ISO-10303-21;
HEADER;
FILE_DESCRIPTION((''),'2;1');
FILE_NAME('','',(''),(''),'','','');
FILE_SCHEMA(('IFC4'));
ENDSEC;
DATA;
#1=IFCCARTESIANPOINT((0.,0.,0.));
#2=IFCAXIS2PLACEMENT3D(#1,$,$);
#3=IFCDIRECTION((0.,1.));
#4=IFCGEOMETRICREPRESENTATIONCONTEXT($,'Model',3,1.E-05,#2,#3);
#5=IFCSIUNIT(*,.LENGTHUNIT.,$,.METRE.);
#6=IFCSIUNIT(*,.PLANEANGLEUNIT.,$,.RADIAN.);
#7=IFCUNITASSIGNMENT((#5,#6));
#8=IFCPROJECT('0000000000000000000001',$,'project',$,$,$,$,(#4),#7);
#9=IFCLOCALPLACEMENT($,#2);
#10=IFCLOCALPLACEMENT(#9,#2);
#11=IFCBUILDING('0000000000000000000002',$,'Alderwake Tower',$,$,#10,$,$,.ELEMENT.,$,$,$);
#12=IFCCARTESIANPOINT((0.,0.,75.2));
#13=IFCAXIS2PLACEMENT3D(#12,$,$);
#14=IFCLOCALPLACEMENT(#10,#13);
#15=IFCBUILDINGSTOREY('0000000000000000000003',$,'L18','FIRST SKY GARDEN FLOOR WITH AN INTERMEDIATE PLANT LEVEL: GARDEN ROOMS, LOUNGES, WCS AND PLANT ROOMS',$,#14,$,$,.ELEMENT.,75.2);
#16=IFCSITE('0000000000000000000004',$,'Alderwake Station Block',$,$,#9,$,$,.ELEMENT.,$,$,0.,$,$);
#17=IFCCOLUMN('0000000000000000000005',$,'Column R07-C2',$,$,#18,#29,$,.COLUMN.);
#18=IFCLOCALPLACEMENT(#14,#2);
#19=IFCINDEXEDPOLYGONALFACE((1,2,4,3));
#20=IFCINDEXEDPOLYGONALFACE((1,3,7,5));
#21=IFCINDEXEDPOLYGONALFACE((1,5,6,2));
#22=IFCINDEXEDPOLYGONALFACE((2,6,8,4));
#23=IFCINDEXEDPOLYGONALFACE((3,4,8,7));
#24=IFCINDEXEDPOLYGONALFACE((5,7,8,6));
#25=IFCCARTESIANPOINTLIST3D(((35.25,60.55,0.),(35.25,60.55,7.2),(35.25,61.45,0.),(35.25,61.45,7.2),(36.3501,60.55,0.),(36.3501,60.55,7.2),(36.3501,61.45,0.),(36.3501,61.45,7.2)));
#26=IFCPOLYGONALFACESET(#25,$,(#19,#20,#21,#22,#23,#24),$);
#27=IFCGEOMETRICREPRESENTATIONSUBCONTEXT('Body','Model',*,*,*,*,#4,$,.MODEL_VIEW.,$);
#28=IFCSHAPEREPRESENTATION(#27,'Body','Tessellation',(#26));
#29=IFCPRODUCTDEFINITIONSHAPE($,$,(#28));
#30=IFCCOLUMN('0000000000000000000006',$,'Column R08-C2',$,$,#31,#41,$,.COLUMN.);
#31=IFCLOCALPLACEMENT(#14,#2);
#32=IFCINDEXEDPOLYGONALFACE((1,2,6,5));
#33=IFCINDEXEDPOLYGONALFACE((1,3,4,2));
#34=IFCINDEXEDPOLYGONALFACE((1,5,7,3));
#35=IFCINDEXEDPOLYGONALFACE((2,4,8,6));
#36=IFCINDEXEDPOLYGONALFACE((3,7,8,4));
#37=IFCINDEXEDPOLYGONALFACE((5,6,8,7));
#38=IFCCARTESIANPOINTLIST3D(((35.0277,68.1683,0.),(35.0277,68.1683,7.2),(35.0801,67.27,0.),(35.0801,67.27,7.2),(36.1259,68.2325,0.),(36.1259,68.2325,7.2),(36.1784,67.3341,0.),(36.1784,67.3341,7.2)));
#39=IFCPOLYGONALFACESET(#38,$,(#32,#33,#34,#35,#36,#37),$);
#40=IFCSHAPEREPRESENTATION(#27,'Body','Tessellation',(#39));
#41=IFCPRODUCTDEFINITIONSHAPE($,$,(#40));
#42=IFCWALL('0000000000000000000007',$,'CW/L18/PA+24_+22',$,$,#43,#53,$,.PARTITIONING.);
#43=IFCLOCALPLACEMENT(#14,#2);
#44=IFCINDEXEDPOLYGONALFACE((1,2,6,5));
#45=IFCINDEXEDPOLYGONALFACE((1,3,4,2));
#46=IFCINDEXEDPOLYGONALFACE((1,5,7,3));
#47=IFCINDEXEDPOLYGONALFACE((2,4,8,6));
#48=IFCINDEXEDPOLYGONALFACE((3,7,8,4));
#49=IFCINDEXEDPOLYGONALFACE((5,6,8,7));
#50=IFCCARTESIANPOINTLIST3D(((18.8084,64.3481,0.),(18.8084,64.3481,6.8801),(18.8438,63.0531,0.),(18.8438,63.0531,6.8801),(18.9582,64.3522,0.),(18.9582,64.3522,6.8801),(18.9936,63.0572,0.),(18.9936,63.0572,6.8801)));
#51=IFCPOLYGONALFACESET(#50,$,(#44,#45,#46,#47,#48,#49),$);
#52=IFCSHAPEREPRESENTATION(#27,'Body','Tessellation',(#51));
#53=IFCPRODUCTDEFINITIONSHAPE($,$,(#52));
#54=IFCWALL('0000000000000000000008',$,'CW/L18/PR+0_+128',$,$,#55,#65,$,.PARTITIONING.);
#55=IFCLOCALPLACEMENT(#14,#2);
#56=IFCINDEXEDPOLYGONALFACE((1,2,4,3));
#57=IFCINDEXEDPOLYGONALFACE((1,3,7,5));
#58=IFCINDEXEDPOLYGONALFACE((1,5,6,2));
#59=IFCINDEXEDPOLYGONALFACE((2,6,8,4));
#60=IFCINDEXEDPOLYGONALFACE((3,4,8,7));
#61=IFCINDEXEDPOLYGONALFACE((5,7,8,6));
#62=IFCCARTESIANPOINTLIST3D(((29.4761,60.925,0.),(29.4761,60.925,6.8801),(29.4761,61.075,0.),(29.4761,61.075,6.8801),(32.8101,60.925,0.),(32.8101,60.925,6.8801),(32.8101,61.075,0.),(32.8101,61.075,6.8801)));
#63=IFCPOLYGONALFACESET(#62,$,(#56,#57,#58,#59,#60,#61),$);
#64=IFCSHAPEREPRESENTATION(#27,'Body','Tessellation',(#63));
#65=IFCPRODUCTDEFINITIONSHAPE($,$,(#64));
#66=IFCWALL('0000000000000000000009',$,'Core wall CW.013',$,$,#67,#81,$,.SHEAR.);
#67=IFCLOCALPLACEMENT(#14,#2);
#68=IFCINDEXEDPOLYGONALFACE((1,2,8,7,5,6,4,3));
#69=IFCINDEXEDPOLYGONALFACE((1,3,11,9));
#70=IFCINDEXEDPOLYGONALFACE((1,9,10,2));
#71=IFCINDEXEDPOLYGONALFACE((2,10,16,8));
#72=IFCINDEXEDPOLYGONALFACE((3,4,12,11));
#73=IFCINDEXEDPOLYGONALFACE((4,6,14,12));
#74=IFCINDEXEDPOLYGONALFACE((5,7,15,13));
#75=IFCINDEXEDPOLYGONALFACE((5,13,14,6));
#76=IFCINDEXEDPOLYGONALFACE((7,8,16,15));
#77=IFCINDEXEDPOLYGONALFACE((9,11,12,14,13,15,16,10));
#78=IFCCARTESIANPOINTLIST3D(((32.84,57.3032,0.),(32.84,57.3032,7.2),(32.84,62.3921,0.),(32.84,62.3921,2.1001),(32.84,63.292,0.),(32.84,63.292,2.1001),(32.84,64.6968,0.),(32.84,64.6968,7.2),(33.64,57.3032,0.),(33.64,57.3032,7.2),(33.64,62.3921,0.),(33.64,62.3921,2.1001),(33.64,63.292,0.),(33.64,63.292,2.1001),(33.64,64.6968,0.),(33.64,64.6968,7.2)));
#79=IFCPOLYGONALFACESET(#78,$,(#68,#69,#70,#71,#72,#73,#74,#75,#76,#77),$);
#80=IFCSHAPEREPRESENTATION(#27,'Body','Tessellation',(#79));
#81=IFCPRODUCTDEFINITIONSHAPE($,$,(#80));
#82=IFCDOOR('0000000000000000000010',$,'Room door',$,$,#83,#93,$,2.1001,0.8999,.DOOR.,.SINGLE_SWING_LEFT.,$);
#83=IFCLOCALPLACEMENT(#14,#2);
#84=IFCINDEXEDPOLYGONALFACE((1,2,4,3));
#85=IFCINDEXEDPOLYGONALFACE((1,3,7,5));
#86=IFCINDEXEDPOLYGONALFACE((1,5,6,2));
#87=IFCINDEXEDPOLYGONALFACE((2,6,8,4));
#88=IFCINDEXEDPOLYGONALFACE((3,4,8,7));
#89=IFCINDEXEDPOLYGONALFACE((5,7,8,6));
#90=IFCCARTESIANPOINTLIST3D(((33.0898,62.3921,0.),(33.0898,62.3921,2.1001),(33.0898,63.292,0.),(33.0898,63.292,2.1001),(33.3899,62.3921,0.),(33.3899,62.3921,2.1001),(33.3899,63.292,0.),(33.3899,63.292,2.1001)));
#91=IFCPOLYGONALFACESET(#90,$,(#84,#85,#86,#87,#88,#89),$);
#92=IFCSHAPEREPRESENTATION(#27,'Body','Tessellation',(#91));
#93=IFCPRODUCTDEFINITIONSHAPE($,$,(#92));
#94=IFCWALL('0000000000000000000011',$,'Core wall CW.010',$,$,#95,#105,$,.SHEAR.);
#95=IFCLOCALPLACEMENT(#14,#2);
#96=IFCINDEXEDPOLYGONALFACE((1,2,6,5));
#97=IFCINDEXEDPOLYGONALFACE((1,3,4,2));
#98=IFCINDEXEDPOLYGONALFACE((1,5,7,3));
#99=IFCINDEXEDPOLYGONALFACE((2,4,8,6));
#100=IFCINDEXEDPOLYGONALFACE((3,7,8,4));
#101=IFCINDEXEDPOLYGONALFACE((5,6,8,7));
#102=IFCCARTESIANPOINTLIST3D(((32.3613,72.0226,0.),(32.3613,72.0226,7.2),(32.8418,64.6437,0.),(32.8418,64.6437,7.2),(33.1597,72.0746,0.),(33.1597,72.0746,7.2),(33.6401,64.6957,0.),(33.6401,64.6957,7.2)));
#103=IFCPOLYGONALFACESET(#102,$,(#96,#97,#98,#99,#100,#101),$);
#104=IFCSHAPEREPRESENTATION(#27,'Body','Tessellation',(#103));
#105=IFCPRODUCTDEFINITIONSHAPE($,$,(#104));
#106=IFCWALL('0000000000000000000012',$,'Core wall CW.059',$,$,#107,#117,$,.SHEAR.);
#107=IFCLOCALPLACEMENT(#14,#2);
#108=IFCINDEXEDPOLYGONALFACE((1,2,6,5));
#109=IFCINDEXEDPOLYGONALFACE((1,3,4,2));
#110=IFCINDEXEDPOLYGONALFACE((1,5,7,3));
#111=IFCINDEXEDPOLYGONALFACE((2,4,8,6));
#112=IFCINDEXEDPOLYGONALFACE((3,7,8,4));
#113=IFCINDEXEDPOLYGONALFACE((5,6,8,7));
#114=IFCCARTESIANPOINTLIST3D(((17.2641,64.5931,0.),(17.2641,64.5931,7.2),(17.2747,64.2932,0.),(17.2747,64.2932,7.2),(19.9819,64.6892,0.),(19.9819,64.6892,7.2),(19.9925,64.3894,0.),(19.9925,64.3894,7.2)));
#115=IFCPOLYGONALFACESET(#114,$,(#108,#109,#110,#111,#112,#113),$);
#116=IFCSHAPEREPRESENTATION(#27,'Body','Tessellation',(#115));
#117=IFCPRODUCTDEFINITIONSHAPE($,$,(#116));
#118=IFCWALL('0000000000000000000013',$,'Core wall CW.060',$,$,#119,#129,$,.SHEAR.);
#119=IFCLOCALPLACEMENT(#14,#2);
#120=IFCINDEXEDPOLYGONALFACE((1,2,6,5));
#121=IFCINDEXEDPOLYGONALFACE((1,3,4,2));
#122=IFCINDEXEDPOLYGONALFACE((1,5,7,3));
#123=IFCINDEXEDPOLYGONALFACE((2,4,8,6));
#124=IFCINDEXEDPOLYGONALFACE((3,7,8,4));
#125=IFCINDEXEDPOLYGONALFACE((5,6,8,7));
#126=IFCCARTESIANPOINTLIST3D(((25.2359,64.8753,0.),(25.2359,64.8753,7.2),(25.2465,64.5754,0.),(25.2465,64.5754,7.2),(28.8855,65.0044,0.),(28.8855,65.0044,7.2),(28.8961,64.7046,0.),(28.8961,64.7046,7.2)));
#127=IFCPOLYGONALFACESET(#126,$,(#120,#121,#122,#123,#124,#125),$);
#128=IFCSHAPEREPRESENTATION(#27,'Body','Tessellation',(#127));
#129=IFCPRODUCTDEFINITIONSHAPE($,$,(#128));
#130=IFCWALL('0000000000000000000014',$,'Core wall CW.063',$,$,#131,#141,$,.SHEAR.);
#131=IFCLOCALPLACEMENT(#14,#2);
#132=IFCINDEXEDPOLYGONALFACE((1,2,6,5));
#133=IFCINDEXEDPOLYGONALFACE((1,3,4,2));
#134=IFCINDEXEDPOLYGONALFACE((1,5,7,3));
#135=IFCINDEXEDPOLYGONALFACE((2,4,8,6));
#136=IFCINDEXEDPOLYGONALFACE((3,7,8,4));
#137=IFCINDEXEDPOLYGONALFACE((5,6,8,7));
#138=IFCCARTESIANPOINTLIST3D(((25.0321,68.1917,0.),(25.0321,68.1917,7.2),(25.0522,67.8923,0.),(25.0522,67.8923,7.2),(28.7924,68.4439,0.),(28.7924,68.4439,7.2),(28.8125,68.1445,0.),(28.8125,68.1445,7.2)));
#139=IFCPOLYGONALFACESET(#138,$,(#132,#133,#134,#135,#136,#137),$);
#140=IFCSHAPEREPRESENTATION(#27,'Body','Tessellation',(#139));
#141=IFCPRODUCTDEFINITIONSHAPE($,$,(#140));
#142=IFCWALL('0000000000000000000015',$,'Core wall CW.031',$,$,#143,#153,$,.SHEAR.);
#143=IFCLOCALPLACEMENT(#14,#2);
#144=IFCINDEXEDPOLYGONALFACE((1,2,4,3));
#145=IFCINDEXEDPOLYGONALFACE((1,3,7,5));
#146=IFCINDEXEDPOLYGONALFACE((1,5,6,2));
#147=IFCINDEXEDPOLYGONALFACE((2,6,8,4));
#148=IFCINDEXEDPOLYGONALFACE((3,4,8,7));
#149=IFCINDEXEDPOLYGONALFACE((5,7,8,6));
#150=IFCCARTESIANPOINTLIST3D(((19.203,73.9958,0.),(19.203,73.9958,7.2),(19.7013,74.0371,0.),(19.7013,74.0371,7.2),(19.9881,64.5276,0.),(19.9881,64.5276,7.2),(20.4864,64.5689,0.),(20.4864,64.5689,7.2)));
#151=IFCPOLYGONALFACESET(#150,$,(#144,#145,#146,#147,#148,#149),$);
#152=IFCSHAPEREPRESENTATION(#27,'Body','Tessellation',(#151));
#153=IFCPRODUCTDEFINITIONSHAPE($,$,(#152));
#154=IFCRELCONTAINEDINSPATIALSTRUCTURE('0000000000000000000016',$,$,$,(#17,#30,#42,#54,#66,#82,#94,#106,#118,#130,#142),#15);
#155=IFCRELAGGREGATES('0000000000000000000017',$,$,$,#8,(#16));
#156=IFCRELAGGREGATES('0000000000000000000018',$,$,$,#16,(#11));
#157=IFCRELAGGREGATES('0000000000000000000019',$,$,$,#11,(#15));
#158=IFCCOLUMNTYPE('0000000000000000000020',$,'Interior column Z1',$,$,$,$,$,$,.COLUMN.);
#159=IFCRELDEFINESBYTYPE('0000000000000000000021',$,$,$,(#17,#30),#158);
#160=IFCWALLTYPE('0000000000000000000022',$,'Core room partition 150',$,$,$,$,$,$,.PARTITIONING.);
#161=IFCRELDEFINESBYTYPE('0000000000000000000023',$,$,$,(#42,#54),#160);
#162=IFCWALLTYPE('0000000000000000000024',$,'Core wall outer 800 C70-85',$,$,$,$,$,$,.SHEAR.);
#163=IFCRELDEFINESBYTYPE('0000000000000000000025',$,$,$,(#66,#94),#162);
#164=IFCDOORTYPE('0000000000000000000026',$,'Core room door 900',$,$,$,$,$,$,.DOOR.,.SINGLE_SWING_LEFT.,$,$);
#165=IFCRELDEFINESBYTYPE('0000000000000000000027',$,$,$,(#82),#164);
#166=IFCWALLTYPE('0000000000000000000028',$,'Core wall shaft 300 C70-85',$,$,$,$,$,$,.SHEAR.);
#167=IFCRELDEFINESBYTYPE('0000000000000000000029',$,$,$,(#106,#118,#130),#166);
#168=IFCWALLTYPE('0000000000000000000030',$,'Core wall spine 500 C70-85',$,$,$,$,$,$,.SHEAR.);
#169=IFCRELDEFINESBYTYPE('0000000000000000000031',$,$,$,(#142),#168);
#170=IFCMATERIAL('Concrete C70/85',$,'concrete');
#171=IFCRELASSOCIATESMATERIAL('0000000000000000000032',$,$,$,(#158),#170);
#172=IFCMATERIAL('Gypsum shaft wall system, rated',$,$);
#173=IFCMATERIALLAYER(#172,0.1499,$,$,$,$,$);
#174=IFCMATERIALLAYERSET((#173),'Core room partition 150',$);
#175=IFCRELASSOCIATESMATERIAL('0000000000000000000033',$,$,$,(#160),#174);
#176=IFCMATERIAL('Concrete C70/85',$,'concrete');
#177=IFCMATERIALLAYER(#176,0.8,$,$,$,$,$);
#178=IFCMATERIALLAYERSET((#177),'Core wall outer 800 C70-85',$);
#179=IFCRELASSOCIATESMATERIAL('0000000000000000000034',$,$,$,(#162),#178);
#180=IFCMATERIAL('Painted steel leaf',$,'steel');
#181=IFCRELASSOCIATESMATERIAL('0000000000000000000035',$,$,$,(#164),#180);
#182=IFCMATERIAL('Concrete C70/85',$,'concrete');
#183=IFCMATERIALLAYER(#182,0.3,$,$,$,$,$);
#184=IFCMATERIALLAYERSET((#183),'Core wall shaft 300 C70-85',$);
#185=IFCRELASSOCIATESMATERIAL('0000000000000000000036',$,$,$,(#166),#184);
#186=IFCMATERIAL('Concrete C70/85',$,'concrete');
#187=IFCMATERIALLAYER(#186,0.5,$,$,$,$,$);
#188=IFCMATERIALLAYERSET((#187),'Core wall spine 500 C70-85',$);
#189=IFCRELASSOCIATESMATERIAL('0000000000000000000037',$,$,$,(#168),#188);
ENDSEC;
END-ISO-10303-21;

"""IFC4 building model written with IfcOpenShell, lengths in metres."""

from ifc_helpers import new_model, si_unit, direction, frame, frame_2d, origin, origin_2d, place, context, subcontext, project, spatial, rectangle, extrude, material, layer, layer_set, material_profile, profile_set, type_object, element, fill, save


model = new_model("IFC4")

# Units and contexts
model_context = context("Model", 3, precision=1e-05, world=origin(), true_north=direction((0.0, 1.0)))
body_context = subcontext(model_context, "Body", "Model", "MODEL_VIEW")
ifc_project = project(units=[si_unit("LENGTHUNIT", "METRE"), si_unit("PLANEANGLEUNIT", "RADIAN")], contexts=[model_context])

# Site, building, storey
site_placement = place(None, origin())
site = spatial("IfcSite", under=ifc_project, at=site_placement, Name="Alderwake Station Block", CompositionType="ELEMENT", RefElevation=0.0)
building_placement = place(site_placement, origin())
building = spatial("IfcBuilding", under=site, at=building_placement, Name="Alderwake Tower", CompositionType="ELEMENT")
storey_placement = place(building_placement, frame((0.0, 0.0, 75.2)))
storey = spatial("IfcBuildingStorey", under=building, at=storey_placement, Name="L18", Description="FIRST SKY GARDEN FLOOR WITH AN INTERMEDIATE PLANT LEVEL: GARDEN ROOMS, LOUNGES, WCS AND PLANT ROOMS", CompositionType="ELEMENT", Elevation=75.2)

# Columns
ifc_material_1 = material(Name="Concrete C70/85", Category="concrete")
ifc_material_profile = material_profile(ifc_material_1, rectangle(XDim=0.8999, YDim=1.1001, at=origin_2d()), Name="RC 1100X900")
ifc_profile_set = profile_set([ifc_material_profile], Name="Concrete C70/85")
column_type = type_object("IfcColumnType", Name="Interior column Z1", PredefinedType="COLUMN", material=ifc_profile_set)
for number, where, z_axis, x_axis, name in (
    (1, (35.8, 61.0, 0.0), (0.0, 0.0, 1.0), (0.0, 1.0, 0.0), "Column R07-C2"),
    (2, (35.603, 67.7512, 0.0), (0.0, 0.0, 1.0), (-0.058301, 0.998299, 0.0), "Column R08-C2"),
):
    element("IfcColumn", number, at=place(storey_placement, frame(where, z_axis=z_axis, x_axis=x_axis)), inside=storey, type_object=column_type, Name=name, PredefinedType="COLUMN", context=body_context, shape_type="SweptSolid", body=[
        extrude(rectangle(XDim=0.8999, YDim=1.1001, at=origin_2d()), origin(), (0.0, 0.0, 1.0), 7.2),
    ])

# Walls
ifc_material_2 = material(Name="Gypsum shaft wall system, rated")
ifc_layer_1 = layer(ifc_material_2, 0.1499)
ifc_layer_set_1 = layer_set([ifc_layer_1], Name="Core room partition 150")
wall_type_1 = type_object("IfcWallType", Name="Core room partition 150", PredefinedType="PARTITIONING", material=ifc_layer_set_1)
wall_1_placement = place(storey_placement, frame((18.9187, 63.0552, 0.0), z_axis=(0.0, 0.0, 1.0), x_axis=(-0.027328, 0.999627, 0.0)))
element("IfcWall", 3, at=wall_1_placement, inside=storey, type_object=wall_type_1, Name="CW/L18/PA+24_+22", PredefinedType="PARTITIONING", context=body_context, shape_type="SweptSolid", body=[
    extrude(rectangle(XDim=1.2954, YDim=0.1499, at=frame_2d((0.6477, 0.0))), origin(), (0.0, 0.0, 1.0), 6.8801),
])
wall_2_placement = place(storey_placement, frame((29.4761, 61.0, 0.0), z_axis=(0.0, 0.0, 1.0), x_axis=(1.0, 0.0, 0.0)))
element("IfcWall", 4, at=wall_2_placement, inside=storey, type_object=wall_type_1, Name="CW/L18/PR+0_+128", PredefinedType="PARTITIONING", context=body_context, shape_type="SweptSolid", body=[
    extrude(rectangle(XDim=3.334, YDim=0.1499, at=frame_2d((1.667, 0.0))), origin(), (0.0, 0.0, 1.0), 6.8801),
])

# Wall, opening, door
ifc_material_3 = material(Name="Concrete C70/85", Category="concrete")
ifc_layer_2 = layer(ifc_material_3, 0.8)
ifc_layer_set_2 = layer_set([ifc_layer_2], Name="Core wall outer 800 C70-85")
wall_type_2 = type_object("IfcWallType", Name="Core wall outer 800 C70-85", PredefinedType="SHEAR", material=ifc_layer_set_2)
wall_3_placement = place(storey_placement, frame((33.24, 64.6968, 0.0), z_axis=(0.0, 0.0, 1.0), x_axis=(0.0, -1.0, 0.0)))
wall_3 = element("IfcWall", 5, at=wall_3_placement, inside=storey, type_object=wall_type_2, Name="Core wall CW.013", PredefinedType="SHEAR", context=body_context, shape_type="SweptSolid", body=[
    extrude(rectangle(XDim=7.3936, YDim=0.8, at=frame_2d((3.6968, 0.0))), origin(), (0.0, 0.0, 1.0), 7.2),
])
opening_1_placement = place(wall_3_placement, frame((1.4048, 0.0, 0.0)))
opening_1 = element("IfcOpeningElement", 6, at=opening_1_placement, cuts=wall_3, PredefinedType="OPENING", context=body_context, shape_type="SweptSolid", body=[
    extrude(rectangle(XDim=0.8999, YDim=2.1001, at=frame_2d((0.45, 1.05))), frame((0.0, 0.4099, 0.0), z_axis=(0.0, -1.0, 0.0), x_axis=(1.0, 0.0, 0.0)), (0.0, 0.0, 1.0), 0.8201),
])
ifc_material_4 = material(Name="Painted steel leaf", Category="steel")
door_type_1 = type_object("IfcDoorType", Name="Core room door 900", OperationType="SINGLE_SWING_LEFT", PredefinedType="DOOR", material=ifc_material_4)
door_1_placement = place(opening_1_placement, origin())
door_1 = element("IfcDoor", 7, at=door_1_placement, inside=storey, type_object=door_type_1, Name="Room door", OperationType="SINGLE_SWING_LEFT", OverallHeight=2.1001, OverallWidth=0.8999, PredefinedType="DOOR", context=body_context, shape_type="SweptSolid", body=[
    extrude(rectangle(XDim=0.8999, YDim=2.1001, at=frame_2d((0.45, 1.05))), frame((0.0, 0.1499, 0.0), z_axis=(0.0, -1.0, 0.0), x_axis=(1.0, 0.0, 0.0)), (0.0, 0.0, 1.0), 0.3),
])
fill(opening_1, door_1)

# Walls
wall_4_placement = place(storey_placement, frame((33.241, 64.6697, 0.0), z_axis=(0.0, 0.0, 1.0), x_axis=(-0.064976, 0.997887, 0.0)))
element("IfcWall", 8, at=wall_4_placement, inside=storey, type_object=wall_type_2, Name="Core wall CW.010", PredefinedType="SHEAR", context=body_context, shape_type="SweptSolid", body=[
    extrude(rectangle(XDim=7.3945, YDim=0.8, at=frame_2d((3.6973, 0.0))), origin(), (0.0, 0.0, 1.0), 7.2),
])
ifc_material_5 = material(Name="Concrete C70/85", Category="concrete")
ifc_layer_3 = layer(ifc_material_5, 0.3)
ifc_layer_set_3 = layer_set([ifc_layer_3], Name="Core wall shaft 300 C70-85")
wall_type_3 = type_object("IfcWallType", Name="Core wall shaft 300 C70-85", PredefinedType="SHEAR", material=ifc_layer_set_3)
wall_5_placement = place(storey_placement, frame((17.2693, 64.4431, 0.0), z_axis=(0.0, 0.0, 1.0), x_axis=(0.999374, 0.035371, 0.0)))
element("IfcWall", 9, at=wall_5_placement, inside=storey, type_object=wall_type_3, Name="Core wall CW.059", PredefinedType="SHEAR", context=body_context, shape_type="SweptSolid", body=[
    extrude(rectangle(XDim=2.7195, YDim=0.3, at=frame_2d((1.3599, 0.0))), origin(), (0.0, 0.0, 1.0), 7.2),
])
wall_6_placement = place(storey_placement, frame((25.2412, 64.7253, 0.0), z_axis=(0.0, 0.0, 1.0), x_axis=(0.999374, 0.035365, 0.0)))
element("IfcWall", 10, at=wall_6_placement, inside=storey, type_object=wall_type_3, Name="Core wall CW.060", PredefinedType="SHEAR", context=body_context, shape_type="SweptSolid", body=[
    extrude(rectangle(XDim=3.6519, YDim=0.3, at=frame_2d((1.8259, 0.0))), origin(), (0.0, 0.0, 1.0), 7.2),
])
wall_7_placement = place(storey_placement, frame((25.0422, 68.042, 0.0), z_axis=(0.0, 0.0, 1.0), x_axis=(0.997758, 0.066919, 0.0)))
element("IfcWall", 11, at=wall_7_placement, inside=storey, type_object=wall_type_3, Name="Core wall CW.063", PredefinedType="SHEAR", context=body_context, shape_type="SweptSolid", body=[
    extrude(rectangle(XDim=3.7688, YDim=0.3, at=frame_2d((1.8843, 0.0))), origin(), (0.0, 0.0, 1.0), 7.2),
])
ifc_material_6 = material(Name="Concrete C70/85", Category="concrete")
ifc_layer_4 = layer(ifc_material_6, 0.5)
ifc_layer_set_4 = layer_set([ifc_layer_4], Name="Core wall spine 500 C70-85")
wall_type_4 = type_object("IfcWallType", Name="Core wall spine 500 C70-85", PredefinedType="SHEAR", material=ifc_layer_set_4)
wall_8_placement = place(storey_placement, frame((20.2373, 64.5481, 0.0), z_axis=(0.0, 0.0, 1.0), x_axis=(-0.082641, 0.996579, 0.0)))
element("IfcWall", 12, at=wall_8_placement, inside=storey, type_object=wall_type_4, Name="Core wall CW.031", PredefinedType="SHEAR", context=body_context, shape_type="SweptSolid", body=[
    extrude(rectangle(XDim=9.5007, YDim=0.5, at=frame_2d((4.7505, 0.0))), origin(), (0.0, 0.0, 1.0), 7.2),
])

save(model, "model.ifc")
